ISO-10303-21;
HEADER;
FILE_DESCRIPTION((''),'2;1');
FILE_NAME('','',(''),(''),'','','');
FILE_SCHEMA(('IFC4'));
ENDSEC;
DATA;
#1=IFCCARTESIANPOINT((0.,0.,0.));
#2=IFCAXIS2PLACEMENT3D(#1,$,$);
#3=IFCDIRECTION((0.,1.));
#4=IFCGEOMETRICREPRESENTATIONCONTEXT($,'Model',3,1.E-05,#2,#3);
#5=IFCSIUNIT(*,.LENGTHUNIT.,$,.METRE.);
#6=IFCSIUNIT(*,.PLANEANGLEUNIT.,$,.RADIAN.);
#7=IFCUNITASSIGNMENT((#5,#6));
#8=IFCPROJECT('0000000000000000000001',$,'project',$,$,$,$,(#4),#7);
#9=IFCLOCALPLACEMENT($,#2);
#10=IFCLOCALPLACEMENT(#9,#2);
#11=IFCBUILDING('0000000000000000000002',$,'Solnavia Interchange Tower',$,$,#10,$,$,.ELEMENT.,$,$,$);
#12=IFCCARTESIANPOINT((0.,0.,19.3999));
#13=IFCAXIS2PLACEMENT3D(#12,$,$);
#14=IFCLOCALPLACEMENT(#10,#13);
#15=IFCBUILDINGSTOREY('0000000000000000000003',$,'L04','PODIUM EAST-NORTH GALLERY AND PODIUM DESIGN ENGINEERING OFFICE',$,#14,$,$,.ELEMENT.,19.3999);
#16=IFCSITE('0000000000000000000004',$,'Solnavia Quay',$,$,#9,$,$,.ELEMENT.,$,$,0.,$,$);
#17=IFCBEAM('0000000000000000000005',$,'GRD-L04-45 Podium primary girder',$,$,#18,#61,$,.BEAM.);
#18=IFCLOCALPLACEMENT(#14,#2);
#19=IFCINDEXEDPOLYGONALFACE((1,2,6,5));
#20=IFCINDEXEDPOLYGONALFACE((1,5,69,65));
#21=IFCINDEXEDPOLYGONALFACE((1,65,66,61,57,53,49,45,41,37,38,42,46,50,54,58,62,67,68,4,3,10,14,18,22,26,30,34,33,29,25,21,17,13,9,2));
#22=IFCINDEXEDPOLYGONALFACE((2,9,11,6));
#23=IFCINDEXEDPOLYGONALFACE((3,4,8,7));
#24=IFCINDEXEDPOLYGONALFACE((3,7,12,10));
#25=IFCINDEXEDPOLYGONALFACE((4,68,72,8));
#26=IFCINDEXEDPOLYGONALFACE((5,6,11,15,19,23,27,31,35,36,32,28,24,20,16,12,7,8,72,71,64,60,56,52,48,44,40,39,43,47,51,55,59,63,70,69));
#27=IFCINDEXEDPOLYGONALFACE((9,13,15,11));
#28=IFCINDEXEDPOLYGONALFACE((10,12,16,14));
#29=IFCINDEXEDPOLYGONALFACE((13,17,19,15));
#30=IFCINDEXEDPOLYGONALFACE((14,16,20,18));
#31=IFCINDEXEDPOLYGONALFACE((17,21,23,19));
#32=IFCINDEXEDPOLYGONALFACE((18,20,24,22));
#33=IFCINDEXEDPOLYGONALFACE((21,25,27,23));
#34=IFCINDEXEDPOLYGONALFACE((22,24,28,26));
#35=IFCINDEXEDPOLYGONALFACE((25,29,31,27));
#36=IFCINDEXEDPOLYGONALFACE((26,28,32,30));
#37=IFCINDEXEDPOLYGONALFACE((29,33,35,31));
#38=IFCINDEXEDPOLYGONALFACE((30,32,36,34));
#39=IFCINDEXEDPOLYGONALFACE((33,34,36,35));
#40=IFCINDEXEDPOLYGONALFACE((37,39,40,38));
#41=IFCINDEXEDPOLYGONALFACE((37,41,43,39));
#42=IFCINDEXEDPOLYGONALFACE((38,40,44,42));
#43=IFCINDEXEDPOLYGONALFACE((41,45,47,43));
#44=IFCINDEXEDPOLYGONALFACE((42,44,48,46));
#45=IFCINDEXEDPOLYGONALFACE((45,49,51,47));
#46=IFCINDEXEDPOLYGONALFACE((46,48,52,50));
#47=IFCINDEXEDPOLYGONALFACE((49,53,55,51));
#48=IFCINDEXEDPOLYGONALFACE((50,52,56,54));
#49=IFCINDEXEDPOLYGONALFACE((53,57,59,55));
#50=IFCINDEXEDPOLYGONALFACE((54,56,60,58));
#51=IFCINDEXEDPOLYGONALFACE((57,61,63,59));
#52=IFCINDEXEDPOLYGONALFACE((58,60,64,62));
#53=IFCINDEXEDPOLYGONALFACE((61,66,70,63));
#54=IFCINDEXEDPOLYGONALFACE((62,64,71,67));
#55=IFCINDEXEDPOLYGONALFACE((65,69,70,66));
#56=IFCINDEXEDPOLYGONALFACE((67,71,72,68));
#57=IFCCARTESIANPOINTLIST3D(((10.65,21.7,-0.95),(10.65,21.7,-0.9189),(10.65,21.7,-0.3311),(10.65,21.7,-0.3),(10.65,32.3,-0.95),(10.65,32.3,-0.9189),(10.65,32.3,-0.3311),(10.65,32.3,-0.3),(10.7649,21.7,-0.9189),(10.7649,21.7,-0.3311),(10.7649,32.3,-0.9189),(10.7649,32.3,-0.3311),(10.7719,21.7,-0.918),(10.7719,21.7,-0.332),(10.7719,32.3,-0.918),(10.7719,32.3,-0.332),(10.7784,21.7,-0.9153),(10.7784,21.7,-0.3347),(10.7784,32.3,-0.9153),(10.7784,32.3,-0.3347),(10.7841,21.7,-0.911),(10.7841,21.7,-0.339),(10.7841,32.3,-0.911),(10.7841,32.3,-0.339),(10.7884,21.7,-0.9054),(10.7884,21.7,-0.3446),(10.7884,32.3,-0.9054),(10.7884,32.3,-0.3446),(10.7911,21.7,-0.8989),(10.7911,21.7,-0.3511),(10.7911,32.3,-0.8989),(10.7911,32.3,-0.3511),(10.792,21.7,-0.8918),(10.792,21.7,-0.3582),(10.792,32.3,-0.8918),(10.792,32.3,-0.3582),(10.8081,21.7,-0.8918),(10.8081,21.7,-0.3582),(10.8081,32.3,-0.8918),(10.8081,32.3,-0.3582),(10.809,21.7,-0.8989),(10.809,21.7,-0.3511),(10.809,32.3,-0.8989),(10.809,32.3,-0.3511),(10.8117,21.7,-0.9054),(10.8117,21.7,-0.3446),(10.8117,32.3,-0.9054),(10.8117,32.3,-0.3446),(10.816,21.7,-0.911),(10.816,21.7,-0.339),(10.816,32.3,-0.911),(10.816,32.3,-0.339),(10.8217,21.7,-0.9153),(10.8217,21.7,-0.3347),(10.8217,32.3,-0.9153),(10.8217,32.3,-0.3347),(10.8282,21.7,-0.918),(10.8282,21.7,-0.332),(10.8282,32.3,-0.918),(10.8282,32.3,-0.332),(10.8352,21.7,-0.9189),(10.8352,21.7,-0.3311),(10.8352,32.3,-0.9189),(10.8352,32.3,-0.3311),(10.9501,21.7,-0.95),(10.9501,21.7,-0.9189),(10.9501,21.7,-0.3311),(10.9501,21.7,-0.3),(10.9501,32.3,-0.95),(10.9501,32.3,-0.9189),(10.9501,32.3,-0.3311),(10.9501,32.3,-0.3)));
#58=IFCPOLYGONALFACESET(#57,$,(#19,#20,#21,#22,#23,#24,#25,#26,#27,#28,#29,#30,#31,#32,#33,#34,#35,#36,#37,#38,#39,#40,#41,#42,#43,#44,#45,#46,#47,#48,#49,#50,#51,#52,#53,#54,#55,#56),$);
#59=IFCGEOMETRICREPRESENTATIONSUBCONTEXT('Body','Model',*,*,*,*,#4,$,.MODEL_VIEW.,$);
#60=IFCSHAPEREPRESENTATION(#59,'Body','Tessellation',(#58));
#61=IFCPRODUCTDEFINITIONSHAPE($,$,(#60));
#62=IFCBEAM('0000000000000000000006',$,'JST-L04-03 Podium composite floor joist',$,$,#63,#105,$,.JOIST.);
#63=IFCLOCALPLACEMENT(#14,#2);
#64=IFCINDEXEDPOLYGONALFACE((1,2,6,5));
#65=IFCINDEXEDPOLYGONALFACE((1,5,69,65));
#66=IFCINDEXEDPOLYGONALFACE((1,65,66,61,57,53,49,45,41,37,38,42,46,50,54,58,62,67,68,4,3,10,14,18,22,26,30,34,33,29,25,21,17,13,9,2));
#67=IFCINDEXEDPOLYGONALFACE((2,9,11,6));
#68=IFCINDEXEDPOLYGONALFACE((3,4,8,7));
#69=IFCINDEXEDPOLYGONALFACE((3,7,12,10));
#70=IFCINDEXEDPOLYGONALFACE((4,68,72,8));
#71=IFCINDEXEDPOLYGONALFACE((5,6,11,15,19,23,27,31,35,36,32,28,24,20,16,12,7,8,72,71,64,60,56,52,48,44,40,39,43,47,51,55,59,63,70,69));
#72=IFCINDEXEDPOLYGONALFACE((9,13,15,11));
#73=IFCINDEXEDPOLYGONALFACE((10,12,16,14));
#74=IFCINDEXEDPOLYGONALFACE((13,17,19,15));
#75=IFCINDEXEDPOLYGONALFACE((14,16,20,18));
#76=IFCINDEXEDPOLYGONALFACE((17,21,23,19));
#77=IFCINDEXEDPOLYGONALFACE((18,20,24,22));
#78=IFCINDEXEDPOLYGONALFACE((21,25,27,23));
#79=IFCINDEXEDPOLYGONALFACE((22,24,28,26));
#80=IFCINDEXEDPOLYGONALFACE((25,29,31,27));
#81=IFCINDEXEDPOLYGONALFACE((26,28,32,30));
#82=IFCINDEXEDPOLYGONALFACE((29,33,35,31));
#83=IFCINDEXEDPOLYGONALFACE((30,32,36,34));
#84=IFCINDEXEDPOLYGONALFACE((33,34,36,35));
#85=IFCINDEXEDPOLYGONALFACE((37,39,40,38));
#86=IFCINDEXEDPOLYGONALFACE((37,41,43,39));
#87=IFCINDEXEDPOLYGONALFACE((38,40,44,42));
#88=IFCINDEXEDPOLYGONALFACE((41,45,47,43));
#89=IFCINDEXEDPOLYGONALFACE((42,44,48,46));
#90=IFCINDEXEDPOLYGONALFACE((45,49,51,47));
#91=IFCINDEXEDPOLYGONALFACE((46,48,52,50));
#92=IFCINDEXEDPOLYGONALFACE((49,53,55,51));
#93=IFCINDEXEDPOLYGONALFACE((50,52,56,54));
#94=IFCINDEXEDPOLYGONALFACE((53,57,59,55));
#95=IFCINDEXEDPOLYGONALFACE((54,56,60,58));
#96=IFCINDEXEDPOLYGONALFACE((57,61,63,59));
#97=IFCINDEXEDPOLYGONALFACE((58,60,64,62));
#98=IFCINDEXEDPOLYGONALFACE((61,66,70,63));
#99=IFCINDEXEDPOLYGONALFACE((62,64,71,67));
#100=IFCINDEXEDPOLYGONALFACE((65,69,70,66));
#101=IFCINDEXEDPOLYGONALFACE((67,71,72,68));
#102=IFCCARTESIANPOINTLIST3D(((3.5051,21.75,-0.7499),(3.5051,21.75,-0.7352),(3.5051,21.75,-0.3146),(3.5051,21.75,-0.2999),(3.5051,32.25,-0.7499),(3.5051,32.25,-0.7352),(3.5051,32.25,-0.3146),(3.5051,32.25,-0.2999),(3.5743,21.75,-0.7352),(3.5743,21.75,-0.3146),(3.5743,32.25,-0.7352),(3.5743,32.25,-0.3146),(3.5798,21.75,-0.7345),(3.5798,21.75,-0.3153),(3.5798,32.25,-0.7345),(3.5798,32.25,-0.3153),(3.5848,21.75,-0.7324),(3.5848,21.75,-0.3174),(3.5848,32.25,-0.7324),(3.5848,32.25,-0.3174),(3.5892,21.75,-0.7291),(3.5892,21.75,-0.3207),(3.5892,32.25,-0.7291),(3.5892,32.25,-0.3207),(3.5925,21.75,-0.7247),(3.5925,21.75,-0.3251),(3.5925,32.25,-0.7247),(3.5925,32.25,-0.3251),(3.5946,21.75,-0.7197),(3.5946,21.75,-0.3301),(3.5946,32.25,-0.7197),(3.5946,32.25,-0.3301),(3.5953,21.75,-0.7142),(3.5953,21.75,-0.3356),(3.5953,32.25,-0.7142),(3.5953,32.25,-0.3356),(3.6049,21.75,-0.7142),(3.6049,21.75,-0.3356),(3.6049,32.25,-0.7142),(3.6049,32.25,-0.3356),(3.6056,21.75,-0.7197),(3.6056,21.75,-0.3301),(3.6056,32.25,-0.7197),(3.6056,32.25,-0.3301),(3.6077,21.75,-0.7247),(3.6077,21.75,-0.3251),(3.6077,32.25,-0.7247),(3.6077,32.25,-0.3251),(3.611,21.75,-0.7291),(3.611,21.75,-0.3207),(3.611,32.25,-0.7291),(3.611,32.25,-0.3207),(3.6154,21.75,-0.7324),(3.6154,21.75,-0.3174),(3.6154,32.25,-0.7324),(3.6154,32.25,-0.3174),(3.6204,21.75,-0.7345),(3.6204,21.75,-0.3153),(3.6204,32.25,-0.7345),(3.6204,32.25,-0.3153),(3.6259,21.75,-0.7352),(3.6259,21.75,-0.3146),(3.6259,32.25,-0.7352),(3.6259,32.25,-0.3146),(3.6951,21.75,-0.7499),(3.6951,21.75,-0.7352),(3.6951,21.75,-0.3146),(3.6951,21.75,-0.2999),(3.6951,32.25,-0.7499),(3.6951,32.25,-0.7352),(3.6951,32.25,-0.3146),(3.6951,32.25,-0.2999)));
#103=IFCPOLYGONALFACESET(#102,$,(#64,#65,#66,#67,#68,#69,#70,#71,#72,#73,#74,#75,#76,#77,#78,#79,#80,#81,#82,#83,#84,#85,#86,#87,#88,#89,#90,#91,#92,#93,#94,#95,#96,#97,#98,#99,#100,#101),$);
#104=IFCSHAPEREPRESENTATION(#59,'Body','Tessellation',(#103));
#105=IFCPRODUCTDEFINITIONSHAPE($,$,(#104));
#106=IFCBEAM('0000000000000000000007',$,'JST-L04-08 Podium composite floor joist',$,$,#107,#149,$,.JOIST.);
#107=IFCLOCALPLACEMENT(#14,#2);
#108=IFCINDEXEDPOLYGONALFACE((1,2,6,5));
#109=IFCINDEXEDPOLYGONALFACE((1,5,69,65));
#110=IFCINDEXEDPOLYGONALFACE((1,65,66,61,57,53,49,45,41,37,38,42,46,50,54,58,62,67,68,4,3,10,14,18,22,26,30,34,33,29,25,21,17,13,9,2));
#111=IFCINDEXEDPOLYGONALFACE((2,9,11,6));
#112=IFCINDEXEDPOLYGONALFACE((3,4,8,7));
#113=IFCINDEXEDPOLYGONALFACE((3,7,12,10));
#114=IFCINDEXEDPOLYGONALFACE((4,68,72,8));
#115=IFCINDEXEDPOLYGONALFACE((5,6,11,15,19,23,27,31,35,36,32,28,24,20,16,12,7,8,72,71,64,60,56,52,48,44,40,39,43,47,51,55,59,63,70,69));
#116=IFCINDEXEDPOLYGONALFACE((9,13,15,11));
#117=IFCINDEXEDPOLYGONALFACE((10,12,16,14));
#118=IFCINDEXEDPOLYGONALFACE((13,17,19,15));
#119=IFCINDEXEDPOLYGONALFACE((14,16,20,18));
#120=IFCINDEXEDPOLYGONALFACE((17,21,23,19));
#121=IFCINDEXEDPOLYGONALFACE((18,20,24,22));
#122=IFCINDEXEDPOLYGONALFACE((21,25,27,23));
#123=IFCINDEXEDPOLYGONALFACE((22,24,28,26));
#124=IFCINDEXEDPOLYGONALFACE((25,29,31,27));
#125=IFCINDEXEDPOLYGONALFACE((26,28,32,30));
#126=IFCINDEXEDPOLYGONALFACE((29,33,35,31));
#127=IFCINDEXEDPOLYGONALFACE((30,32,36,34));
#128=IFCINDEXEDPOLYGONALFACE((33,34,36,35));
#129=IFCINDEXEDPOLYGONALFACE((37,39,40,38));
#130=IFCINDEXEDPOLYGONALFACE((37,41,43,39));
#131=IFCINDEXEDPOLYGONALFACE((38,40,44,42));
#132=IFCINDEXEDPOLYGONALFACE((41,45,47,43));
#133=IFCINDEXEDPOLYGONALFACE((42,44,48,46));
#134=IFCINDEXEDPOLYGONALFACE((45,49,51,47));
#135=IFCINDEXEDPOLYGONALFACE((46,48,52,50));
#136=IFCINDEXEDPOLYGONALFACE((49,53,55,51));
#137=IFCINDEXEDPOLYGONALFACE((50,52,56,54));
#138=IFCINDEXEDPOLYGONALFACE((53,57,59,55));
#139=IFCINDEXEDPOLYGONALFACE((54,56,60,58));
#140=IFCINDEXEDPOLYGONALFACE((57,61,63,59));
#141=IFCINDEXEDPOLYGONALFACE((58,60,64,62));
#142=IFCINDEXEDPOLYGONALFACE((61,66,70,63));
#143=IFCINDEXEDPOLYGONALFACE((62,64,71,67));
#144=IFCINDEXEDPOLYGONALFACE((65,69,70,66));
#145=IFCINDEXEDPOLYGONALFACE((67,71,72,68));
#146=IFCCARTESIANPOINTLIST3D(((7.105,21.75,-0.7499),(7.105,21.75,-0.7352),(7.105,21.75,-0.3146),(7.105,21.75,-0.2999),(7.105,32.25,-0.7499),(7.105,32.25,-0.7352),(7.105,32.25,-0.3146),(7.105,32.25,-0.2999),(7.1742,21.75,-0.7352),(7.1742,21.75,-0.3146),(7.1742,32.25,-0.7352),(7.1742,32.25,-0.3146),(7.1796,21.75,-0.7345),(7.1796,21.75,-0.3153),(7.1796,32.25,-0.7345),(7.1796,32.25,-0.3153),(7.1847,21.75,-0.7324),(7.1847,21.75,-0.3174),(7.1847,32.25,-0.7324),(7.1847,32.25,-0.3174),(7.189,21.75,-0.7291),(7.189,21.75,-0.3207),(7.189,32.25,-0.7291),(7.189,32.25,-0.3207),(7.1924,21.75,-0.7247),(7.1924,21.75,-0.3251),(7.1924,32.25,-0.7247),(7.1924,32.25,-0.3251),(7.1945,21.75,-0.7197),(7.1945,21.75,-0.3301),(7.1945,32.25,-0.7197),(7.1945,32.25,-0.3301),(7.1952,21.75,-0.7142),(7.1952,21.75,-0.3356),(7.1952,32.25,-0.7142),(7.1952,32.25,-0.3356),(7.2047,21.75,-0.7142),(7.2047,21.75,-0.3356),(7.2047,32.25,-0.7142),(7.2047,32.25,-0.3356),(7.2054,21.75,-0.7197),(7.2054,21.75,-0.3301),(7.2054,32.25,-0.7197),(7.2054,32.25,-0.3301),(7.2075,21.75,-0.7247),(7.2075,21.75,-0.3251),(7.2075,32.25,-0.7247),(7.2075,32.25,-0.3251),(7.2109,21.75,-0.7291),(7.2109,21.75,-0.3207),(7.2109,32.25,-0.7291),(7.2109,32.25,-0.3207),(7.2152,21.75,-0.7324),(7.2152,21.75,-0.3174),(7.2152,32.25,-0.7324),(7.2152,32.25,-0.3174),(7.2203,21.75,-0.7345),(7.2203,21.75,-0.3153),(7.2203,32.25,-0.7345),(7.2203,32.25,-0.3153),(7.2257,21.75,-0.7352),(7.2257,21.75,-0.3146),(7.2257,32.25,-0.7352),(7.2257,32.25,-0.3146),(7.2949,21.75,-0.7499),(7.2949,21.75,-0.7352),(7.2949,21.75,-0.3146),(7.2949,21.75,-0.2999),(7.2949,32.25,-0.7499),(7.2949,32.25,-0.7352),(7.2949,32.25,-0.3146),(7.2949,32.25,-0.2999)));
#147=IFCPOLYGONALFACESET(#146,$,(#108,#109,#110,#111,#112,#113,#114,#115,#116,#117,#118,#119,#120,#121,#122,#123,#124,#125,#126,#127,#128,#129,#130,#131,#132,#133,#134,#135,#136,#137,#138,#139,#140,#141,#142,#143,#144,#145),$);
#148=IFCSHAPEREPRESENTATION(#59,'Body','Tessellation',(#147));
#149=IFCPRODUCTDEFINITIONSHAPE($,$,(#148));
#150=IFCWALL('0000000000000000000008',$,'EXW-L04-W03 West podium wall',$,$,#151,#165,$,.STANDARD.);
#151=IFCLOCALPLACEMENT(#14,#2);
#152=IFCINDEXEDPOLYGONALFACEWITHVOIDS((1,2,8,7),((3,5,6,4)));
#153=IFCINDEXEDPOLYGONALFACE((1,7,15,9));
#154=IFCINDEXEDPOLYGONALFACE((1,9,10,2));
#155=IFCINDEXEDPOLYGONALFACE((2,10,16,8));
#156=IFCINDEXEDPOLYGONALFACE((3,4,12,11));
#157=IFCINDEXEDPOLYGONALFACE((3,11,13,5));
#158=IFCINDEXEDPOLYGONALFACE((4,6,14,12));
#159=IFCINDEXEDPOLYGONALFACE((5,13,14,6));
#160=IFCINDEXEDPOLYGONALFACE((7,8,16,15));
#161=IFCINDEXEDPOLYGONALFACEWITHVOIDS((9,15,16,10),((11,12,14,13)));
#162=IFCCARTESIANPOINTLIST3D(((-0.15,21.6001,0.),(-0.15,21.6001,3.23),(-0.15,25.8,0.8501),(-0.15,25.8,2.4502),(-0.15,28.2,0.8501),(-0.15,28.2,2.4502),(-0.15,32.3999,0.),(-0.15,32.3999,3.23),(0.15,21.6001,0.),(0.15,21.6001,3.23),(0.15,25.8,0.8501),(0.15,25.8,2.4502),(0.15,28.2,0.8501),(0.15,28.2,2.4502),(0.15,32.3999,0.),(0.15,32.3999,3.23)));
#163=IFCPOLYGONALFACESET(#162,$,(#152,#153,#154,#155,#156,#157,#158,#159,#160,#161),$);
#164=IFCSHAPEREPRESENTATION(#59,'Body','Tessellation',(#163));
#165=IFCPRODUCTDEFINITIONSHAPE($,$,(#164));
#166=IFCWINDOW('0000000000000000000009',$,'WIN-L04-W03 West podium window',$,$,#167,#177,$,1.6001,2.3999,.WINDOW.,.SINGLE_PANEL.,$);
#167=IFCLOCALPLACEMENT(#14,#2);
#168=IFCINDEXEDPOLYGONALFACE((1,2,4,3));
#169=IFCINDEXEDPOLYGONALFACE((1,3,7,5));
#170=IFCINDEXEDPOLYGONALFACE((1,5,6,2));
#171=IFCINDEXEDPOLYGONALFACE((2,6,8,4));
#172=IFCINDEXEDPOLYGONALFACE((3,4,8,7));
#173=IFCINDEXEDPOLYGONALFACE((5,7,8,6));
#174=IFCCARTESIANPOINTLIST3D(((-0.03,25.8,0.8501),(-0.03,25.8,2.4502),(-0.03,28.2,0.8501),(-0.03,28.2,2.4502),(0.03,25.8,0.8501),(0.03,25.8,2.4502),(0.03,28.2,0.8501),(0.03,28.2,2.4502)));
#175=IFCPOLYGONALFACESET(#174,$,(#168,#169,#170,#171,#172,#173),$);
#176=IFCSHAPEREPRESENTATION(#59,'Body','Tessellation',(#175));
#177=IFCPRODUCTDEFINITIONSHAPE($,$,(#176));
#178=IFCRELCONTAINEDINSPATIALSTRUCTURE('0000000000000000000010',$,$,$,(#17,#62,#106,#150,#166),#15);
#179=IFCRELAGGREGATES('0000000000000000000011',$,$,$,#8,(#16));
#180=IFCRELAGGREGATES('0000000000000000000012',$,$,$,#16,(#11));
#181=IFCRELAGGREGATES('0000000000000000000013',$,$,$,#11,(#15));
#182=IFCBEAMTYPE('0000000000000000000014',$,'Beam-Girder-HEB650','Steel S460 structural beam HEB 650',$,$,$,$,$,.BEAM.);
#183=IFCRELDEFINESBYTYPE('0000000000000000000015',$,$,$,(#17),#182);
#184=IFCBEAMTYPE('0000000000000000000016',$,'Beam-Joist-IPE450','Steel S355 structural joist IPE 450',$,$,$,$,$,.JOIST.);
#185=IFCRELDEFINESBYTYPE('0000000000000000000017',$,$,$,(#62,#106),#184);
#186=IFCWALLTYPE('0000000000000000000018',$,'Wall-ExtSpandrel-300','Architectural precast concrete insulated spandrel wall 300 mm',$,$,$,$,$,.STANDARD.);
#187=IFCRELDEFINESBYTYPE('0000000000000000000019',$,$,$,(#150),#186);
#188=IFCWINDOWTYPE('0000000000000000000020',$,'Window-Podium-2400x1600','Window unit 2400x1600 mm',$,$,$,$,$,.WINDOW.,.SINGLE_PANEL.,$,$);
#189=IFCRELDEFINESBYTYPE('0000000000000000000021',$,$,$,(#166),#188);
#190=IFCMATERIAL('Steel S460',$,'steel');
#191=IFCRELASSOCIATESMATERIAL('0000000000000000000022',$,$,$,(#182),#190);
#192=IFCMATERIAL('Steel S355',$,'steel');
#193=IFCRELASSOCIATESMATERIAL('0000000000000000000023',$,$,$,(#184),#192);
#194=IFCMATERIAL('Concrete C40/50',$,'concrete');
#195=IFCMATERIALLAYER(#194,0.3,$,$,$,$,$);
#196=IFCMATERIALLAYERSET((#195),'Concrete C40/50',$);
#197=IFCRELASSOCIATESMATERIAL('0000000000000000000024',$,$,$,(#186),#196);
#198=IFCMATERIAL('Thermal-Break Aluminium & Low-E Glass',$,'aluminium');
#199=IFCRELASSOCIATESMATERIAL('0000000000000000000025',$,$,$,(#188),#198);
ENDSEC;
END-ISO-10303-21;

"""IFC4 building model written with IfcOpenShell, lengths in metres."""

from ifc_helpers import new_model, si_unit, direction, frame, frame_2d, origin, origin_2d, place, context, subcontext, project, spatial, rectangle, i_section, extrude, material, layer, layer_set, material_profile, profile_set, type_object, element, fill, save


model = new_model("IFC4")

# Units and contexts
model_context = context("Model", 3, precision=1e-05, world=origin(), true_north=direction((0.0, 1.0)))
body_context = subcontext(model_context, "Body", "Model", "MODEL_VIEW")
ifc_project = project(units=[si_unit("LENGTHUNIT", "METRE"), si_unit("PLANEANGLEUNIT", "RADIAN")], contexts=[model_context])

# Site, building, storey
site_placement = place(None, origin())
site = spatial("IfcSite", under=ifc_project, at=site_placement, Name="Solnavia Quay", CompositionType="ELEMENT", RefElevation=0.0)
building_placement = place(site_placement, origin())
building = spatial("IfcBuilding", under=site, at=building_placement, Name="Solnavia Interchange Tower", CompositionType="ELEMENT")
storey_placement = place(building_placement, frame((0.0, 0.0, 19.3999)))
storey = spatial("IfcBuildingStorey", under=building, at=storey_placement, Name="L04", Description="PODIUM EAST-NORTH GALLERY AND PODIUM DESIGN ENGINEERING OFFICE", CompositionType="ELEMENT", Elevation=19.3999)

# Beams
ifc_material_1 = material(Name="Steel S460", Category="steel")
ifc_material_profile_1 = material_profile(ifc_material_1, i_section(OverallWidth=0.3, OverallDepth=0.6499, WebThickness=0.0161, FlangeThickness=0.031, FilletRadius=0.0271, at=origin_2d()), Name="HEB 650")
ifc_profile_set_1 = profile_set([ifc_material_profile_1], Name="Steel S460")
beam_type_1 = type_object("IfcBeamType", Name="Beam-Girder-HEB650", Description="Steel S460 structural beam HEB 650", PredefinedType="BEAM", material=ifc_profile_set_1)
for number, where, z_axis, x_axis, name in (
    (1, (10.8, 21.7, -0.625), (0.0, 1.0, 0.0), (-1.0, 0.0, 0.0), "GRD-L04-45 Podium primary girder"),
):
    element("IfcBeam", number, at=place(storey_placement, frame(where, z_axis=z_axis, x_axis=x_axis)), inside=storey, type_object=beam_type_1, Name=name, PredefinedType="BEAM", context=body_context, shape_type="SweptSolid", body=[
        extrude(i_section(OverallWidth=0.3, OverallDepth=0.6499, WebThickness=0.0161, FlangeThickness=0.031, FilletRadius=0.0271, at=origin_2d()), origin(), (0.0, 0.0, 1.0), 10.6001),
    ])
ifc_material_2 = material(Name="Steel S355", Category="steel")
ifc_material_profile_2 = material_profile(ifc_material_2, i_section(OverallWidth=0.1899, OverallDepth=0.45, WebThickness=0.0095, FlangeThickness=0.0146, FilletRadius=0.021, at=origin_2d()), Name="IPE 450")
ifc_profile_set_2 = profile_set([ifc_material_profile_2], Name="Steel S355")
beam_type_2 = type_object("IfcBeamType", Name="Beam-Joist-IPE450", Description="Steel S355 structural joist IPE 450", PredefinedType="JOIST", material=ifc_profile_set_2)
for number, where, z_axis, x_axis, name in (
    (2, (3.6001, 21.75, -0.5249), (0.0, 1.0, 0.0), (-1.0, 0.0, 0.0), "JST-L04-03 Podium composite floor joist"),
    (3, (7.2, 21.75, -0.5249), (0.0, 1.0, 0.0), (-1.0, 0.0, 0.0), "JST-L04-08 Podium composite floor joist"),
):
    element("IfcBeam", number, at=place(storey_placement, frame(where, z_axis=z_axis, x_axis=x_axis)), inside=storey, type_object=beam_type_2, Name=name, PredefinedType="JOIST", context=body_context, shape_type="SweptSolid", body=[
        extrude(i_section(OverallWidth=0.1899, OverallDepth=0.45, WebThickness=0.0095, FlangeThickness=0.0146, FilletRadius=0.021, at=origin_2d()), origin(), (0.0, 0.0, 1.0), 10.5),
    ])

# Wall, opening, window
ifc_material_3 = material(Name="Concrete C40/50", Category="concrete")
ifc_layer_1 = layer(ifc_material_3, 0.3)
ifc_layer_set_1 = layer_set([ifc_layer_1], Name="Concrete C40/50")
wall_type_1 = type_object("IfcWallType", Name="Wall-ExtSpandrel-300", Description="Architectural precast concrete insulated spandrel wall 300 mm", PredefinedType="STANDARD", material=ifc_layer_set_1)
wall_1_placement = place(storey_placement, frame((0.0, 21.6001, 0.0), z_axis=(0.0, 0.0, 1.0), x_axis=(0.0, 1.0, 0.0)))
wall_1 = element("IfcWall", 4, at=wall_1_placement, inside=storey, type_object=wall_type_1, Name="EXW-L04-W03 West podium wall", PredefinedType="STANDARD", context=body_context, shape_type="SweptSolid", body=[
    extrude(rectangle(XDim=10.7998, YDim=0.3, at=frame_2d((5.3999, 0.0))), origin(), (0.0, 0.0, 1.0), 3.23),
])
opening_1_placement = place(wall_1_placement, frame((4.2, 0.0, 0.8501)))
opening_1 = element("IfcOpeningElement", 5, at=opening_1_placement, cuts=wall_1, PredefinedType="OPENING", context=body_context, shape_type="SweptSolid", body=[
    extrude(rectangle(XDim=2.3999, YDim=1.6001, at=frame_2d((1.2, 0.8))), frame((0.0, 0.1602, 0.0), z_axis=(0.0, -1.0, 0.0), x_axis=(1.0, 0.0, 0.0)), (0.0, 0.0, 1.0), 0.3201),
])
ifc_material_4 = material(Name="Thermal-Break Aluminium & Low-E Glass", Category="aluminium")
window_type = type_object("IfcWindowType", Name="Window-Podium-2400x1600", Description="Window unit 2400x1600 mm", PartitioningType="SINGLE_PANEL", PredefinedType="WINDOW", material=ifc_material_4)
window_1_placement = place(opening_1_placement, origin())
window_1 = element("IfcWindow", 6, at=window_1_placement, inside=storey, type_object=window_type, Name="WIN-L04-W03 West podium window", OverallHeight=1.6001, OverallWidth=2.3999, PartitioningType="SINGLE_PANEL", PredefinedType="WINDOW", context=body_context, shape_type="SweptSolid", body=[
    extrude(rectangle(XDim=2.3999, YDim=1.6001, at=frame_2d((1.2, 0.8))), frame((0.0, 0.03, 0.0), z_axis=(0.0, -1.0, 0.0), x_axis=(1.0, 0.0, 0.0)), (0.0, 0.0, 1.0), 0.0601),
])
fill(opening_1, window_1)

save(model, "model.ifc")
